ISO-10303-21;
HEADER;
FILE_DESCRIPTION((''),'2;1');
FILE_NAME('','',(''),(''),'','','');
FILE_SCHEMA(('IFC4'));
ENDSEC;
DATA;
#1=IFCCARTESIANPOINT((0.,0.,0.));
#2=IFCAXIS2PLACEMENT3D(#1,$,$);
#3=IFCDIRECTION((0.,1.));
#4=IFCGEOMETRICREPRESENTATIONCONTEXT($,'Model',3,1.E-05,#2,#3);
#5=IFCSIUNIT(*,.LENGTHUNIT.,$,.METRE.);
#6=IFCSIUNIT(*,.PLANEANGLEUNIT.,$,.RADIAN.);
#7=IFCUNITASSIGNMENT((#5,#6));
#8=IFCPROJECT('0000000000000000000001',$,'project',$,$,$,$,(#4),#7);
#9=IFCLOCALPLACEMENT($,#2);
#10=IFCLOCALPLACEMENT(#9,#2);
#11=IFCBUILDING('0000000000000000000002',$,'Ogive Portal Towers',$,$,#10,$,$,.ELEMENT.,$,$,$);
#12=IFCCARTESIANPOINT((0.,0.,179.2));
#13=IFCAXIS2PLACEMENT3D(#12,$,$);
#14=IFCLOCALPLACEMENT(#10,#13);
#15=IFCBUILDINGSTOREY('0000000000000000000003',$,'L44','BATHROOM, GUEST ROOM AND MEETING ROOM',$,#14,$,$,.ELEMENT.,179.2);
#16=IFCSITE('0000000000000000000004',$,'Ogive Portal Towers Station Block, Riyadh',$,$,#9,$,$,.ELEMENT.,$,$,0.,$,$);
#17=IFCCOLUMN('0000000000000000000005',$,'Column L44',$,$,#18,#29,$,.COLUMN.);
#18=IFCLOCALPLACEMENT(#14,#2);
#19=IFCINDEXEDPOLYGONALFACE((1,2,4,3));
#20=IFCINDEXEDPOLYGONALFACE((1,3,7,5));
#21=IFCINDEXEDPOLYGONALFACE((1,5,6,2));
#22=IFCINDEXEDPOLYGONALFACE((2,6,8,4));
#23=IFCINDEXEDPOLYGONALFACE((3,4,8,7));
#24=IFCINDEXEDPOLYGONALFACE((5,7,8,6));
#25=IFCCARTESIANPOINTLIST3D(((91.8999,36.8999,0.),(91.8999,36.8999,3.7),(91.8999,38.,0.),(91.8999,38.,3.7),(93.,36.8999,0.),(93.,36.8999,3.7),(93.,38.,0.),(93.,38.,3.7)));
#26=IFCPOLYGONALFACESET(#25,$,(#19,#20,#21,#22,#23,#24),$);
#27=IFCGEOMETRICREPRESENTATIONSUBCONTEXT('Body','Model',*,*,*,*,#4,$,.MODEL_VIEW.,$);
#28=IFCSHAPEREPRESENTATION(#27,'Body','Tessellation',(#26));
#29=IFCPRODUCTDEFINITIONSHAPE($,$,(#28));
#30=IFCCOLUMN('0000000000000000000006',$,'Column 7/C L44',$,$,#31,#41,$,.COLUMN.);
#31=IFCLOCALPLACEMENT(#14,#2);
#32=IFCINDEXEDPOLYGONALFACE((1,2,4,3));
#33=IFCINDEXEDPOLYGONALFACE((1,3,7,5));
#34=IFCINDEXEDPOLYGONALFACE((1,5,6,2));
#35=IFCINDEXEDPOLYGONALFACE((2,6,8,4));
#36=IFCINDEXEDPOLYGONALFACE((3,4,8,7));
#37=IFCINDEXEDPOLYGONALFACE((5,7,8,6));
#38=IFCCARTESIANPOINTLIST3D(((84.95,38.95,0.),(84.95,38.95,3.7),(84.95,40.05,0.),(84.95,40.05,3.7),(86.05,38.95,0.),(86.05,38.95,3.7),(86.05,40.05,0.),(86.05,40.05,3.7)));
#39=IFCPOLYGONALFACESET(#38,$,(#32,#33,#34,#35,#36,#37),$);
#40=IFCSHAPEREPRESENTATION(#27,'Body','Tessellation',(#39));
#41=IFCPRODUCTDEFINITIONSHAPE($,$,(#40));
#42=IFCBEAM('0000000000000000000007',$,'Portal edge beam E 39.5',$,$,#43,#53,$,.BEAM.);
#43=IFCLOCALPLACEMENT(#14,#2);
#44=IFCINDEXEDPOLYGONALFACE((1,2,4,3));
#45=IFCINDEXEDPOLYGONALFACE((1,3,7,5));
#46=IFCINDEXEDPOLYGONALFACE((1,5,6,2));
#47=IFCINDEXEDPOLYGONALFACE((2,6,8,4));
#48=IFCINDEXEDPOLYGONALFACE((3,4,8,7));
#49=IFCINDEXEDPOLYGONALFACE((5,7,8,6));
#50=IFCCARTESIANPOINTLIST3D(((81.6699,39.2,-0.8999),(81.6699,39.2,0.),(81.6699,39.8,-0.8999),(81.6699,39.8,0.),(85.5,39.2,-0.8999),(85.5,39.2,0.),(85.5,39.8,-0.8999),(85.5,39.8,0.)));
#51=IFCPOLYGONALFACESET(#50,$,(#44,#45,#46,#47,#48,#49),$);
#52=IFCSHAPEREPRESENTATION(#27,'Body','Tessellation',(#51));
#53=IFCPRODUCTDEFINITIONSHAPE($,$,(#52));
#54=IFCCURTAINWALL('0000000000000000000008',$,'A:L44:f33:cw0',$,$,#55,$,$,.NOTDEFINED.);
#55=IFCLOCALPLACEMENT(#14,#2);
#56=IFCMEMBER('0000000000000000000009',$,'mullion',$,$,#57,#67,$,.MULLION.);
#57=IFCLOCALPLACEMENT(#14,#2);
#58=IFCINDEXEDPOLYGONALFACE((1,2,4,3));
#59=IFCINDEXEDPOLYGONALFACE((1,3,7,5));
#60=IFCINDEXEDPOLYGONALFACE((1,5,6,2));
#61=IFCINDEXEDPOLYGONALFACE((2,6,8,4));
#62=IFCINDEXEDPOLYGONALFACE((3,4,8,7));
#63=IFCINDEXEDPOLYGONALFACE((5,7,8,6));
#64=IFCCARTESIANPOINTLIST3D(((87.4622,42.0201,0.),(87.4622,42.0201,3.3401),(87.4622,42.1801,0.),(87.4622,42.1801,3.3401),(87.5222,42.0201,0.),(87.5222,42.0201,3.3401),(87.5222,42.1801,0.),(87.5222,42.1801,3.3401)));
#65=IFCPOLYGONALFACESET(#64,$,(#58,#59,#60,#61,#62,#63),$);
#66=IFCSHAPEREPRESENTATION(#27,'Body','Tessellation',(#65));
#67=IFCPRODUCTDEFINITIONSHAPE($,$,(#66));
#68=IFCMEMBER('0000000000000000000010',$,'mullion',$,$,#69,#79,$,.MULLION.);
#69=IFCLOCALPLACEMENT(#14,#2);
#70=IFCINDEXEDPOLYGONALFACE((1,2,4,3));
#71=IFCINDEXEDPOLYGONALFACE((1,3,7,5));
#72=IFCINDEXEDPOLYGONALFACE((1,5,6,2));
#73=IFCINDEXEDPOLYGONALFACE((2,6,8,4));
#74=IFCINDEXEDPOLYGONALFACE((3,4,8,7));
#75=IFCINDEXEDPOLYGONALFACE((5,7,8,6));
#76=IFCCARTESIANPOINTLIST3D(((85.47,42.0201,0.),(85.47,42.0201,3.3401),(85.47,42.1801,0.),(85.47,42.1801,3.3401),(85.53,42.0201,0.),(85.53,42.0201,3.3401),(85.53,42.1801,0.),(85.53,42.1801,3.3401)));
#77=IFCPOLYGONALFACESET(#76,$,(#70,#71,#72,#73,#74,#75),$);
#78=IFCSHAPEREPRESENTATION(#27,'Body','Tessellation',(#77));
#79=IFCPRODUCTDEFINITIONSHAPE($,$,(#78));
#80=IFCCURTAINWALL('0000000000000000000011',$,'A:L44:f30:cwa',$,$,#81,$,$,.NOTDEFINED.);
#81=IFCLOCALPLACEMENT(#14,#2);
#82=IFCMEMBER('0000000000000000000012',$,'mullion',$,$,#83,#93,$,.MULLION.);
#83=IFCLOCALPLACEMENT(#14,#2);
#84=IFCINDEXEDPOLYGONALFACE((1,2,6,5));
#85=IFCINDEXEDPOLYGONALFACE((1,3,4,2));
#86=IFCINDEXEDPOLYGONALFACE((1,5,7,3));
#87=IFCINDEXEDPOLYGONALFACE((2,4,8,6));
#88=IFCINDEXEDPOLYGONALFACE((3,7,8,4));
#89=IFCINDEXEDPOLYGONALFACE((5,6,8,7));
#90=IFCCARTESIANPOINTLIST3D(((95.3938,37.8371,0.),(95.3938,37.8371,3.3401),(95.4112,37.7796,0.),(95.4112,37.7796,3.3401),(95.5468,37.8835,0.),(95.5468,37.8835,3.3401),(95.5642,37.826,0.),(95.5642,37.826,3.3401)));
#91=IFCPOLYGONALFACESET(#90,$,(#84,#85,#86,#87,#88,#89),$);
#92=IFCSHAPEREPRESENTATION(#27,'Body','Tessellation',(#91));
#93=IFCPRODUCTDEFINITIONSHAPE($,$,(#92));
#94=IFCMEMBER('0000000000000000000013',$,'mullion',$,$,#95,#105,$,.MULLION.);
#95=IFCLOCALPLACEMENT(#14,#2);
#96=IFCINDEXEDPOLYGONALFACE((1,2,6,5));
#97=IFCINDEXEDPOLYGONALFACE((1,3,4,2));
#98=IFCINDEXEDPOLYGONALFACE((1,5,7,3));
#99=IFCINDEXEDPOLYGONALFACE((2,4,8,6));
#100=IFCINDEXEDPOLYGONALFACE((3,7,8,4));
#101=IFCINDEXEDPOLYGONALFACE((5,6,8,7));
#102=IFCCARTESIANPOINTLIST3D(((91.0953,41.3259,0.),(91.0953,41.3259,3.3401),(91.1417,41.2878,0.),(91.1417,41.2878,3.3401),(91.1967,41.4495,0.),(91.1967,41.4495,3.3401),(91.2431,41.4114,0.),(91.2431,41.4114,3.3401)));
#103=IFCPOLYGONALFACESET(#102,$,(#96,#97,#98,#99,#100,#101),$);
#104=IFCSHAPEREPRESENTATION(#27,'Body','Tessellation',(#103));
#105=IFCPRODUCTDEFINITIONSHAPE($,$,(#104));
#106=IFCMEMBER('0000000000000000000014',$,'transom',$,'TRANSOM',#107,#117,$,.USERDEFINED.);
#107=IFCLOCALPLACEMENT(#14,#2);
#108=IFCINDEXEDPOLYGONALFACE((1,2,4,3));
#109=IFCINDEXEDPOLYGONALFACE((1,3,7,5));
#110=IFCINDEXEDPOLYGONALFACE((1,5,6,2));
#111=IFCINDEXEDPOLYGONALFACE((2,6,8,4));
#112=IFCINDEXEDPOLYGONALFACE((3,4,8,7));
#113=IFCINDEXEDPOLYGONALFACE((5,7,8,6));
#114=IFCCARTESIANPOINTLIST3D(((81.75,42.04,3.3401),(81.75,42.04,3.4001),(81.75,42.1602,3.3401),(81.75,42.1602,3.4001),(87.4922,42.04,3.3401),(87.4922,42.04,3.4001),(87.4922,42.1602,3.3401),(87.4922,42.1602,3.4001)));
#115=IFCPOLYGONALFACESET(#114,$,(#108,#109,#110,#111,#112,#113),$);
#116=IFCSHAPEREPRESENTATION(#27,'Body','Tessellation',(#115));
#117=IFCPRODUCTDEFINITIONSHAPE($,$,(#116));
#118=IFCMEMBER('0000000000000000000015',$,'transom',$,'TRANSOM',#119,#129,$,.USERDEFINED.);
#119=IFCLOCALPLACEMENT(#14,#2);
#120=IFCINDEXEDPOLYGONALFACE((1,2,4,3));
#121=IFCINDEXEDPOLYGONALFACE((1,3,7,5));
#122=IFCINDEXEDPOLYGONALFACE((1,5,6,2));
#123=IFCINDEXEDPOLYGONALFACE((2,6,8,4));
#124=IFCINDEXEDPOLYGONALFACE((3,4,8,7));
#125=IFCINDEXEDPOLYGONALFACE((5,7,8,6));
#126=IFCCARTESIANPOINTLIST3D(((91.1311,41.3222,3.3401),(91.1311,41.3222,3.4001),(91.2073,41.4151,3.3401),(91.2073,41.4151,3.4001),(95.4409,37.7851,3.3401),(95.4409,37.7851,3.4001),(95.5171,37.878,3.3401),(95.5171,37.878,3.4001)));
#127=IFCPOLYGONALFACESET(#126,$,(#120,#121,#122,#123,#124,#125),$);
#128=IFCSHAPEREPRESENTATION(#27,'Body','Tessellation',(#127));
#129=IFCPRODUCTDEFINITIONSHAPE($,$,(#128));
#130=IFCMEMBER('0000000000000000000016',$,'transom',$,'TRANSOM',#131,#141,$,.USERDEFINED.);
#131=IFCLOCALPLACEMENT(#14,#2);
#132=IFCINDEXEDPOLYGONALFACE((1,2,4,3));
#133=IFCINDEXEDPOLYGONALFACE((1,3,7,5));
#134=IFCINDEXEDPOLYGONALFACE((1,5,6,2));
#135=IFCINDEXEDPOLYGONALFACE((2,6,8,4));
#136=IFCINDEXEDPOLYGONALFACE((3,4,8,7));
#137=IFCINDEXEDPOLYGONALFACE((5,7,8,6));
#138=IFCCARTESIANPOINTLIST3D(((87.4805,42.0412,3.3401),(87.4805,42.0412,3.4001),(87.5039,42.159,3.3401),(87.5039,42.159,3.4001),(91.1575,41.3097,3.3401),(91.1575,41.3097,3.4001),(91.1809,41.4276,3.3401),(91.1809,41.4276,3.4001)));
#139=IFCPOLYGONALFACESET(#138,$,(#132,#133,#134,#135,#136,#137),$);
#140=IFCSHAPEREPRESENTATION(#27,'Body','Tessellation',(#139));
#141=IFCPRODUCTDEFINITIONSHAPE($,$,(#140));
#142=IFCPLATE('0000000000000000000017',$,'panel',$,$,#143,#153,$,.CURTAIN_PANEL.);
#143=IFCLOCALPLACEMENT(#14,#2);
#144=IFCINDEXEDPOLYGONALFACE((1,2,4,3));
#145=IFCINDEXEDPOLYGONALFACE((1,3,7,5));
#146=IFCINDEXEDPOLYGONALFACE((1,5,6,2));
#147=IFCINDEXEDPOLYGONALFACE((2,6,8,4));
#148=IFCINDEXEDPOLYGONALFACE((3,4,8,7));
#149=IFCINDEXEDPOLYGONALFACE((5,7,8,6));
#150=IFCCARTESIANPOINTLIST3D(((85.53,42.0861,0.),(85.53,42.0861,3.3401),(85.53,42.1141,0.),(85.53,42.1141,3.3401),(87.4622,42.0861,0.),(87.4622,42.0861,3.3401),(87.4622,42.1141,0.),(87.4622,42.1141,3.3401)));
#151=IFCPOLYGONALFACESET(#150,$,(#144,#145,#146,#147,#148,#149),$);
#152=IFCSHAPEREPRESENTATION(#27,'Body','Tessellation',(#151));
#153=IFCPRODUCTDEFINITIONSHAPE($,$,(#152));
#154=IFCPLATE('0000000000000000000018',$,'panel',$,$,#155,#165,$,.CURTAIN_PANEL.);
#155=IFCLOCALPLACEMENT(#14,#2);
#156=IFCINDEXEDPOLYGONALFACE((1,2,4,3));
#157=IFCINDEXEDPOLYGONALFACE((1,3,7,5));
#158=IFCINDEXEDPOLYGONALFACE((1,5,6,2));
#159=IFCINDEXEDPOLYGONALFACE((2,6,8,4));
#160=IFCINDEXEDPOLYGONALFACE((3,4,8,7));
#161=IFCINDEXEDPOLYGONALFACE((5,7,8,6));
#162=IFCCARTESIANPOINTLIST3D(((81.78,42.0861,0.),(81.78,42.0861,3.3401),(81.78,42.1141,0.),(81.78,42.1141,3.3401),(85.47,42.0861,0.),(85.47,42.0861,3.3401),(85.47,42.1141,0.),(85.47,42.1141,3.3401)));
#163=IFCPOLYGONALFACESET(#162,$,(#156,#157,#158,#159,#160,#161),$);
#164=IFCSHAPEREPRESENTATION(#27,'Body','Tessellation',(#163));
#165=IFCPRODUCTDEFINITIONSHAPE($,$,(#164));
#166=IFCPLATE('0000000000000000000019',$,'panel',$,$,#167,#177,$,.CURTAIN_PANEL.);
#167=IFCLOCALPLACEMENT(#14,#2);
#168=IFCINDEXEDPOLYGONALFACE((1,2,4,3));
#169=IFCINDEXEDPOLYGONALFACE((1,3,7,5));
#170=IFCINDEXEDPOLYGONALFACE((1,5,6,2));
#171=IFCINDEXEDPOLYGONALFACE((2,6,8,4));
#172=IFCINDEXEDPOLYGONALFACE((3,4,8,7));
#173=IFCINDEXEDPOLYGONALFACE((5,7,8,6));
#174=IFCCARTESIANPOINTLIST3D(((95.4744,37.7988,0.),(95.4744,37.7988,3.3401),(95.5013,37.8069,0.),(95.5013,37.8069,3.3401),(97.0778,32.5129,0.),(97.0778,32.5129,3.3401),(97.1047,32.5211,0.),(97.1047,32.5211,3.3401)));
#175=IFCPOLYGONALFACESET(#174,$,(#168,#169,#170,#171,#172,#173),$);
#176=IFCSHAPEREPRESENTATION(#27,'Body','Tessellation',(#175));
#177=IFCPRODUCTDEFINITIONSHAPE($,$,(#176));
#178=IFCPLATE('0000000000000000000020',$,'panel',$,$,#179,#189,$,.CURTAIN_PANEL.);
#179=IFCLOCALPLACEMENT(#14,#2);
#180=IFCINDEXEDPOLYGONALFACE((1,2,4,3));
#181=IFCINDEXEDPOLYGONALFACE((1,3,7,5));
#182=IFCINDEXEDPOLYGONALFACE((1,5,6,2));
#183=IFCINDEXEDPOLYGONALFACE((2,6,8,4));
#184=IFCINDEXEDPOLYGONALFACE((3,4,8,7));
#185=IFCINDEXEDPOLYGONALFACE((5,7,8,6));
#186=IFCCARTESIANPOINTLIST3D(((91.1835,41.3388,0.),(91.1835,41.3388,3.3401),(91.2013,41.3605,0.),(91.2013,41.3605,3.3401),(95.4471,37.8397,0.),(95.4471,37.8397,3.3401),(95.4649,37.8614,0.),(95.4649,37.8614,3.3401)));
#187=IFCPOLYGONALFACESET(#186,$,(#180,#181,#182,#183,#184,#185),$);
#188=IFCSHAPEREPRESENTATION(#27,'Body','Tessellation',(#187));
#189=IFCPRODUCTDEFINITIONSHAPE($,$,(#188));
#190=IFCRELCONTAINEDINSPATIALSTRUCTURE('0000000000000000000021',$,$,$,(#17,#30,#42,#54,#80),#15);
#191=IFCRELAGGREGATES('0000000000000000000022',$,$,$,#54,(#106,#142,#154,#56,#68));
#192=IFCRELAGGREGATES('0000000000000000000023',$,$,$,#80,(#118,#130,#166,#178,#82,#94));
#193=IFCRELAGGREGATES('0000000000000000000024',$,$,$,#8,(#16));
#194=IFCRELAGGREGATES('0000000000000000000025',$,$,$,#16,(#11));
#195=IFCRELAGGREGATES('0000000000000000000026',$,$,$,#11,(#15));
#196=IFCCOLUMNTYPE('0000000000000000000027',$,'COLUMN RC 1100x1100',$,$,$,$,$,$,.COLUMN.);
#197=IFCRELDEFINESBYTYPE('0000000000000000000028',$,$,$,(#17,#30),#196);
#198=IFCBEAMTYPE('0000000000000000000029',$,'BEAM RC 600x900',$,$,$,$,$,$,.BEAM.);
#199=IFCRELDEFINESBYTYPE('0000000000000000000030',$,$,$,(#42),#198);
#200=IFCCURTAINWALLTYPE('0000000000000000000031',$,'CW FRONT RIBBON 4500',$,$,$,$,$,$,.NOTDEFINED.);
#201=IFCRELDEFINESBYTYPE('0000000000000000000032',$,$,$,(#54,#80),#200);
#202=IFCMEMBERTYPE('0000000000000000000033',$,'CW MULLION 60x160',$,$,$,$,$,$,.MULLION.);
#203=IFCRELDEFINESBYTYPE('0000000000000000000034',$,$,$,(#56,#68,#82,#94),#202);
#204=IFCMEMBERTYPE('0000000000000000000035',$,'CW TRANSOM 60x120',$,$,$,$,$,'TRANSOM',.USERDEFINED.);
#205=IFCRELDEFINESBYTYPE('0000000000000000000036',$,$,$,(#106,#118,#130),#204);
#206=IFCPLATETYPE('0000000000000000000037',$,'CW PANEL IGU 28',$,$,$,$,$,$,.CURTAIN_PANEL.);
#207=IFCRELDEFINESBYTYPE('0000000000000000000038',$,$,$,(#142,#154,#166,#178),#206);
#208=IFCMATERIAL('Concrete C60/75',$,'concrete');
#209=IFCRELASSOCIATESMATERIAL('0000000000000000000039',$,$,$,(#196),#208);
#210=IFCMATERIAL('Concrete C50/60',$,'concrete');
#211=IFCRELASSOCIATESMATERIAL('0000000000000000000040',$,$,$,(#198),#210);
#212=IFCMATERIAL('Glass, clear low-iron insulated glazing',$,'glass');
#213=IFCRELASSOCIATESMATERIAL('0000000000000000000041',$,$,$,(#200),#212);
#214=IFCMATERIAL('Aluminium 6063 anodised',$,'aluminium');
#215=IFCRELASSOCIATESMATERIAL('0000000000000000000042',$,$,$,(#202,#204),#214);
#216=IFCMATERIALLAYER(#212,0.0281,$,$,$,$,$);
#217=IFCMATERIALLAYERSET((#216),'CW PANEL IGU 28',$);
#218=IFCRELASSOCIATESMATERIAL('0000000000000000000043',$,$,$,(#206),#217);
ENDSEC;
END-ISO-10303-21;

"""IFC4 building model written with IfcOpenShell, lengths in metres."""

from ifc_helpers import new_model, si_unit, direction, frame, origin, origin_2d, place, context, subcontext, project, spatial, rectangle, extrude, material, layer, layer_set, material_profile, profile_set, type_object, element, aggregate, save


model = new_model("IFC4")

# Units and contexts
model_context = context("Model", 3, precision=1e-05, world=origin(), true_north=direction((0.0, 1.0)))
body_context = subcontext(model_context, "Body", "Model", "MODEL_VIEW")
ifc_project = project(units=[si_unit("LENGTHUNIT", "METRE"), si_unit("PLANEANGLEUNIT", "RADIAN")], contexts=[model_context])

# Site, building, storey
site_placement = place(None, origin())
site = spatial("IfcSite", under=ifc_project, at=site_placement, Name="Ogive Portal Towers Station Block, Riyadh", CompositionType="ELEMENT", RefElevation=0.0)
building_placement = place(site_placement, origin())
building = spatial("IfcBuilding", under=site, at=building_placement, Name="Ogive Portal Towers", CompositionType="ELEMENT")
storey_placement = place(building_placement, frame((0.0, 0.0, 179.2)))
storey = spatial("IfcBuildingStorey", under=building, at=storey_placement, Name="L44", Description="BATHROOM, GUEST ROOM AND MEETING ROOM", CompositionType="ELEMENT", Elevation=179.2)

# Columns
ifc_material_1 = material(Name="Concrete C60/75", Category="concrete")
ifc_material_profile_1 = material_profile(ifc_material_1, rectangle(XDim=1.1001, YDim=1.1001, at=origin_2d()), Name="RC 1100x1100")
ifc_profile_set_1 = profile_set([ifc_material_profile_1], Name="Concrete C60/75")
column_type = type_object("IfcColumnType", Name="COLUMN RC 1100x1100", PredefinedType="COLUMN", material=ifc_profile_set_1)
for number, where, z_axis, x_axis, name in (
    (1, (92.45, 37.45, 0.0), (0.0, 0.0, 1.0), (1.0, 0.0, 0.0), "Column L44"),
    (2, (85.5, 39.5, 0.0), (0.0, 0.0, 1.0), (1.0, 0.0, 0.0), "Column 7/C L44"),
):
    element("IfcColumn", number, at=place(storey_placement, frame(where, z_axis=z_axis, x_axis=x_axis)), inside=storey, type_object=column_type, Name=name, PredefinedType="COLUMN", context=body_context, shape_type="SweptSolid", body=[
        extrude(rectangle(XDim=1.1001, YDim=1.1001, at=origin_2d()), origin(), (0.0, 0.0, 1.0), 3.7),
    ])

# Beam
ifc_material_2 = material(Name="Concrete C50/60", Category="concrete")
ifc_material_profile_2 = material_profile(ifc_material_2, rectangle(XDim=0.6001, YDim=0.8999, at=origin_2d()), Name="RC 600x900")
ifc_profile_set_2 = profile_set([ifc_material_profile_2], Name="Concrete C50/60")
beam_type = type_object("IfcBeamType", Name="BEAM RC 600x900", PredefinedType="BEAM", material=ifc_profile_set_2)
beam_placement = place(storey_placement, frame((85.5, 39.5, -0.45), z_axis=(-1.0, 0.0, 0.0), x_axis=(0.0, -1.0, 0.0)))
element("IfcBeam", 3, at=beam_placement, inside=storey, type_object=beam_type, Name="Portal edge beam E 39.5", PredefinedType="BEAM", context=body_context, shape_type="SweptSolid", body=[
    extrude(rectangle(XDim=0.6001, YDim=0.8999, at=origin_2d()), origin(), (0.0, 0.0, 1.0), 3.8301),
])

# Curtain walls, members
ifc_material_3 = material(Name="Glass, clear low-iron insulated glazing", Category="glass")
curtain_wall_type = type_object("IfcCurtainWallType", Name="CW FRONT RIBBON 4500", PredefinedType="NOTDEFINED", material=ifc_material_3)
curtain_wall_1_placement = place(storey_placement, origin())
curtain_wall_1 = element("IfcCurtainWall", 4, at=curtain_wall_1_placement, inside=storey, type_object=curtain_wall_type, Name="A:L44:f33:cw0", PredefinedType="NOTDEFINED")
ifc_material_4 = material(Name="Aluminium 6063 anodised", Category="aluminium")
ifc_material_profile_3 = material_profile(ifc_material_4, rectangle(XDim=0.1599, YDim=0.0601, at=origin_2d()), Name="AL 60x160")
ifc_profile_set_3 = profile_set([ifc_material_profile_3], Name="Aluminium 6063 anodised")
member_type_1 = type_object("IfcMemberType", Name="CW MULLION 60x160", PredefinedType="MULLION", material=ifc_profile_set_3)
member_1_placement = place(storey_placement, frame((87.4922, 42.1001, 0.0), z_axis=(0.0, 0.0, 1.0), x_axis=(0.0, -1.0, 0.0)))
member_1 = element("IfcMember", 5, at=member_1_placement, type_object=member_type_1, Name="mullion", PredefinedType="MULLION", context=body_context, shape_type="SweptSolid", body=[
    extrude(rectangle(XDim=0.1599, YDim=0.0601, at=origin_2d()), origin(), (0.0, 0.0, 1.0), 3.3401),
])
member_2_placement = place(storey_placement, frame((85.5, 42.1001, 0.0), z_axis=(0.0, 0.0, 1.0), x_axis=(0.0, -1.0, 0.0)))
member_2 = element("IfcMember", 6, at=member_2_placement, type_object=member_type_1, Name="mullion", PredefinedType="MULLION", context=body_context, shape_type="SweptSolid", body=[
    extrude(rectangle(XDim=0.1599, YDim=0.0601, at=origin_2d()), origin(), (0.0, 0.0, 1.0), 3.3401),
])
curtain_wall_2_placement = place(storey_placement, origin())
curtain_wall_2 = element("IfcCurtainWall", 7, at=curtain_wall_2_placement, inside=storey, type_object=curtain_wall_type, Name="A:L44:f30:cwa", PredefinedType="NOTDEFINED")
member_3_placement = place(storey_placement, frame((95.479, 37.8315, 0.0), z_axis=(0.0, 0.0, 1.0), x_axis=(-0.95694, -0.290285, 0.0)))
member_3 = element("IfcMember", 8, at=member_3_placement, type_object=member_type_1, Name="mullion", PredefinedType="MULLION", context=body_context, shape_type="SweptSolid", body=[
    extrude(rectangle(XDim=0.1599, YDim=0.0601, at=origin_2d()), origin(), (0.0, 0.0, 1.0), 3.3401),
])
member_4_placement = place(storey_placement, frame((91.1692, 41.3687, 0.0), z_axis=(0.0, 0.0, 1.0), x_axis=(-0.634393, -0.77301, 0.0)))
member_4 = element("IfcMember", 9, at=member_4_placement, type_object=member_type_1, Name="mullion", PredefinedType="MULLION", context=body_context, shape_type="SweptSolid", body=[
    extrude(rectangle(XDim=0.1599, YDim=0.0601, at=origin_2d()), origin(), (0.0, 0.0, 1.0), 3.3401),
])

# Members
ifc_material_profile_4 = material_profile(ifc_material_4, rectangle(XDim=0.1201, YDim=0.0601, at=origin_2d()), Name="AL 120x60")
ifc_profile_set_4 = profile_set([ifc_material_profile_4], Name="Aluminium 6063 anodised")
member_type_2 = type_object("IfcMemberType", Name="CW TRANSOM 60x120", ElementType="TRANSOM", PredefinedType="USERDEFINED", material=ifc_profile_set_4)
member_5_placement = place(storey_placement, frame((87.4922, 42.1001, 3.3701), z_axis=(-1.0, 0.0, 0.0), x_axis=(0.0, -1.0, 0.0)))
member_5 = element("IfcMember", 10, at=member_5_placement, type_object=member_type_2, Name="transom", ObjectType="TRANSOM", PredefinedType="USERDEFINED", context=body_context, shape_type="SweptSolid", body=[
    extrude(rectangle(XDim=0.1201, YDim=0.0601, at=origin_2d()), origin(), (0.0, 0.0, 1.0), 5.7422),
])
member_6_placement = place(storey_placement, frame((95.479, 37.8315, 3.3701), z_axis=(-0.772998, 0.634408, 0.0), x_axis=(-0.634408, -0.772998, 0.0)))
member_6 = element("IfcMember", 11, at=member_6_placement, type_object=member_type_2, Name="transom", ObjectType="TRANSOM", PredefinedType="USERDEFINED", context=body_context, shape_type="SweptSolid", body=[
    extrude(rectangle(XDim=0.1201, YDim=0.0601, at=origin_2d()), origin(), (0.0, 0.0, 1.0), 5.5754),
])
member_7_placement = place(storey_placement, frame((91.1692, 41.3687, 3.3701), z_axis=(-0.980783, 0.195102, 0.0), x_axis=(-0.195102, -0.980783, 0.0)))
member_7 = element("IfcMember", 12, at=member_7_placement, type_object=member_type_2, Name="transom", ObjectType="TRANSOM", PredefinedType="USERDEFINED", context=body_context, shape_type="SweptSolid", body=[
    extrude(rectangle(XDim=0.1201, YDim=0.0601, at=origin_2d()), origin(), (0.0, 0.0, 1.0), 3.749),
])

# Plates
ifc_layer_1 = layer(ifc_material_3, 0.0281)
ifc_layer_set_1 = layer_set([ifc_layer_1], Name="CW PANEL IGU 28")
plate_type = type_object("IfcPlateType", Name="CW PANEL IGU 28", PredefinedType="CURTAIN_PANEL", material=ifc_layer_set_1)
plate_1_placement = place(storey_placement, frame((86.4961, 42.1001, 0.0), z_axis=(0.0, 0.0, 1.0), x_axis=(-1.0, 0.0, 0.0)))
plate_1 = element("IfcPlate", 13, at=plate_1_placement, type_object=plate_type, Name="panel", PredefinedType="CURTAIN_PANEL", context=body_context, shape_type="SweptSolid", body=[
    extrude(rectangle(XDim=1.9321, YDim=0.0281, at=origin_2d()), origin(), (0.0, 0.0, 1.0), 3.3401),
])
plate_2_placement = place(storey_placement, frame((83.625, 42.1001, 0.0), z_axis=(0.0, 0.0, 1.0), x_axis=(-1.0, 0.0, 0.0)))
plate_2 = element("IfcPlate", 14, at=plate_2_placement, type_object=plate_type, Name="panel", PredefinedType="CURTAIN_PANEL", context=body_context, shape_type="SweptSolid", body=[
    extrude(rectangle(XDim=3.6899, YDim=0.0281, at=origin_2d()), origin(), (0.0, 0.0, 1.0), 3.3401),
])
aggregate(curtain_wall_1, [member_5, plate_1, plate_2, member_1, member_2])
plate_3_placement = place(storey_placement, frame((96.2896, 35.1599, 0.0), z_axis=(0.0, 0.0, 1.0), x_axis=(-0.290285, 0.95694, 0.0)))
plate_3 = element("IfcPlate", 15, at=plate_3_placement, type_object=plate_type, Name="panel", PredefinedType="CURTAIN_PANEL", context=body_context, shape_type="SweptSolid", body=[
    extrude(rectangle(XDim=5.5237, YDim=0.0281, at=origin_2d()), origin(), (0.0, 0.0, 1.0), 3.3401),
])
plate_4_placement = place(storey_placement, frame((93.3242, 39.6001, 0.0), z_axis=(0.0, 0.0, 1.0), x_axis=(-0.77301, 0.634393, 0.0)))
plate_4 = element("IfcPlate", 16, at=plate_4_placement, type_object=plate_type, Name="panel", PredefinedType="CURTAIN_PANEL", context=body_context, shape_type="SweptSolid", body=[
    extrude(rectangle(XDim=5.5156, YDim=0.0281, at=origin_2d()), origin(), (0.0, 0.0, 1.0), 3.3401),
])
aggregate(curtain_wall_2, [member_6, member_7, plate_3, plate_4, member_3, member_4])

save(model, "model.ifc")
